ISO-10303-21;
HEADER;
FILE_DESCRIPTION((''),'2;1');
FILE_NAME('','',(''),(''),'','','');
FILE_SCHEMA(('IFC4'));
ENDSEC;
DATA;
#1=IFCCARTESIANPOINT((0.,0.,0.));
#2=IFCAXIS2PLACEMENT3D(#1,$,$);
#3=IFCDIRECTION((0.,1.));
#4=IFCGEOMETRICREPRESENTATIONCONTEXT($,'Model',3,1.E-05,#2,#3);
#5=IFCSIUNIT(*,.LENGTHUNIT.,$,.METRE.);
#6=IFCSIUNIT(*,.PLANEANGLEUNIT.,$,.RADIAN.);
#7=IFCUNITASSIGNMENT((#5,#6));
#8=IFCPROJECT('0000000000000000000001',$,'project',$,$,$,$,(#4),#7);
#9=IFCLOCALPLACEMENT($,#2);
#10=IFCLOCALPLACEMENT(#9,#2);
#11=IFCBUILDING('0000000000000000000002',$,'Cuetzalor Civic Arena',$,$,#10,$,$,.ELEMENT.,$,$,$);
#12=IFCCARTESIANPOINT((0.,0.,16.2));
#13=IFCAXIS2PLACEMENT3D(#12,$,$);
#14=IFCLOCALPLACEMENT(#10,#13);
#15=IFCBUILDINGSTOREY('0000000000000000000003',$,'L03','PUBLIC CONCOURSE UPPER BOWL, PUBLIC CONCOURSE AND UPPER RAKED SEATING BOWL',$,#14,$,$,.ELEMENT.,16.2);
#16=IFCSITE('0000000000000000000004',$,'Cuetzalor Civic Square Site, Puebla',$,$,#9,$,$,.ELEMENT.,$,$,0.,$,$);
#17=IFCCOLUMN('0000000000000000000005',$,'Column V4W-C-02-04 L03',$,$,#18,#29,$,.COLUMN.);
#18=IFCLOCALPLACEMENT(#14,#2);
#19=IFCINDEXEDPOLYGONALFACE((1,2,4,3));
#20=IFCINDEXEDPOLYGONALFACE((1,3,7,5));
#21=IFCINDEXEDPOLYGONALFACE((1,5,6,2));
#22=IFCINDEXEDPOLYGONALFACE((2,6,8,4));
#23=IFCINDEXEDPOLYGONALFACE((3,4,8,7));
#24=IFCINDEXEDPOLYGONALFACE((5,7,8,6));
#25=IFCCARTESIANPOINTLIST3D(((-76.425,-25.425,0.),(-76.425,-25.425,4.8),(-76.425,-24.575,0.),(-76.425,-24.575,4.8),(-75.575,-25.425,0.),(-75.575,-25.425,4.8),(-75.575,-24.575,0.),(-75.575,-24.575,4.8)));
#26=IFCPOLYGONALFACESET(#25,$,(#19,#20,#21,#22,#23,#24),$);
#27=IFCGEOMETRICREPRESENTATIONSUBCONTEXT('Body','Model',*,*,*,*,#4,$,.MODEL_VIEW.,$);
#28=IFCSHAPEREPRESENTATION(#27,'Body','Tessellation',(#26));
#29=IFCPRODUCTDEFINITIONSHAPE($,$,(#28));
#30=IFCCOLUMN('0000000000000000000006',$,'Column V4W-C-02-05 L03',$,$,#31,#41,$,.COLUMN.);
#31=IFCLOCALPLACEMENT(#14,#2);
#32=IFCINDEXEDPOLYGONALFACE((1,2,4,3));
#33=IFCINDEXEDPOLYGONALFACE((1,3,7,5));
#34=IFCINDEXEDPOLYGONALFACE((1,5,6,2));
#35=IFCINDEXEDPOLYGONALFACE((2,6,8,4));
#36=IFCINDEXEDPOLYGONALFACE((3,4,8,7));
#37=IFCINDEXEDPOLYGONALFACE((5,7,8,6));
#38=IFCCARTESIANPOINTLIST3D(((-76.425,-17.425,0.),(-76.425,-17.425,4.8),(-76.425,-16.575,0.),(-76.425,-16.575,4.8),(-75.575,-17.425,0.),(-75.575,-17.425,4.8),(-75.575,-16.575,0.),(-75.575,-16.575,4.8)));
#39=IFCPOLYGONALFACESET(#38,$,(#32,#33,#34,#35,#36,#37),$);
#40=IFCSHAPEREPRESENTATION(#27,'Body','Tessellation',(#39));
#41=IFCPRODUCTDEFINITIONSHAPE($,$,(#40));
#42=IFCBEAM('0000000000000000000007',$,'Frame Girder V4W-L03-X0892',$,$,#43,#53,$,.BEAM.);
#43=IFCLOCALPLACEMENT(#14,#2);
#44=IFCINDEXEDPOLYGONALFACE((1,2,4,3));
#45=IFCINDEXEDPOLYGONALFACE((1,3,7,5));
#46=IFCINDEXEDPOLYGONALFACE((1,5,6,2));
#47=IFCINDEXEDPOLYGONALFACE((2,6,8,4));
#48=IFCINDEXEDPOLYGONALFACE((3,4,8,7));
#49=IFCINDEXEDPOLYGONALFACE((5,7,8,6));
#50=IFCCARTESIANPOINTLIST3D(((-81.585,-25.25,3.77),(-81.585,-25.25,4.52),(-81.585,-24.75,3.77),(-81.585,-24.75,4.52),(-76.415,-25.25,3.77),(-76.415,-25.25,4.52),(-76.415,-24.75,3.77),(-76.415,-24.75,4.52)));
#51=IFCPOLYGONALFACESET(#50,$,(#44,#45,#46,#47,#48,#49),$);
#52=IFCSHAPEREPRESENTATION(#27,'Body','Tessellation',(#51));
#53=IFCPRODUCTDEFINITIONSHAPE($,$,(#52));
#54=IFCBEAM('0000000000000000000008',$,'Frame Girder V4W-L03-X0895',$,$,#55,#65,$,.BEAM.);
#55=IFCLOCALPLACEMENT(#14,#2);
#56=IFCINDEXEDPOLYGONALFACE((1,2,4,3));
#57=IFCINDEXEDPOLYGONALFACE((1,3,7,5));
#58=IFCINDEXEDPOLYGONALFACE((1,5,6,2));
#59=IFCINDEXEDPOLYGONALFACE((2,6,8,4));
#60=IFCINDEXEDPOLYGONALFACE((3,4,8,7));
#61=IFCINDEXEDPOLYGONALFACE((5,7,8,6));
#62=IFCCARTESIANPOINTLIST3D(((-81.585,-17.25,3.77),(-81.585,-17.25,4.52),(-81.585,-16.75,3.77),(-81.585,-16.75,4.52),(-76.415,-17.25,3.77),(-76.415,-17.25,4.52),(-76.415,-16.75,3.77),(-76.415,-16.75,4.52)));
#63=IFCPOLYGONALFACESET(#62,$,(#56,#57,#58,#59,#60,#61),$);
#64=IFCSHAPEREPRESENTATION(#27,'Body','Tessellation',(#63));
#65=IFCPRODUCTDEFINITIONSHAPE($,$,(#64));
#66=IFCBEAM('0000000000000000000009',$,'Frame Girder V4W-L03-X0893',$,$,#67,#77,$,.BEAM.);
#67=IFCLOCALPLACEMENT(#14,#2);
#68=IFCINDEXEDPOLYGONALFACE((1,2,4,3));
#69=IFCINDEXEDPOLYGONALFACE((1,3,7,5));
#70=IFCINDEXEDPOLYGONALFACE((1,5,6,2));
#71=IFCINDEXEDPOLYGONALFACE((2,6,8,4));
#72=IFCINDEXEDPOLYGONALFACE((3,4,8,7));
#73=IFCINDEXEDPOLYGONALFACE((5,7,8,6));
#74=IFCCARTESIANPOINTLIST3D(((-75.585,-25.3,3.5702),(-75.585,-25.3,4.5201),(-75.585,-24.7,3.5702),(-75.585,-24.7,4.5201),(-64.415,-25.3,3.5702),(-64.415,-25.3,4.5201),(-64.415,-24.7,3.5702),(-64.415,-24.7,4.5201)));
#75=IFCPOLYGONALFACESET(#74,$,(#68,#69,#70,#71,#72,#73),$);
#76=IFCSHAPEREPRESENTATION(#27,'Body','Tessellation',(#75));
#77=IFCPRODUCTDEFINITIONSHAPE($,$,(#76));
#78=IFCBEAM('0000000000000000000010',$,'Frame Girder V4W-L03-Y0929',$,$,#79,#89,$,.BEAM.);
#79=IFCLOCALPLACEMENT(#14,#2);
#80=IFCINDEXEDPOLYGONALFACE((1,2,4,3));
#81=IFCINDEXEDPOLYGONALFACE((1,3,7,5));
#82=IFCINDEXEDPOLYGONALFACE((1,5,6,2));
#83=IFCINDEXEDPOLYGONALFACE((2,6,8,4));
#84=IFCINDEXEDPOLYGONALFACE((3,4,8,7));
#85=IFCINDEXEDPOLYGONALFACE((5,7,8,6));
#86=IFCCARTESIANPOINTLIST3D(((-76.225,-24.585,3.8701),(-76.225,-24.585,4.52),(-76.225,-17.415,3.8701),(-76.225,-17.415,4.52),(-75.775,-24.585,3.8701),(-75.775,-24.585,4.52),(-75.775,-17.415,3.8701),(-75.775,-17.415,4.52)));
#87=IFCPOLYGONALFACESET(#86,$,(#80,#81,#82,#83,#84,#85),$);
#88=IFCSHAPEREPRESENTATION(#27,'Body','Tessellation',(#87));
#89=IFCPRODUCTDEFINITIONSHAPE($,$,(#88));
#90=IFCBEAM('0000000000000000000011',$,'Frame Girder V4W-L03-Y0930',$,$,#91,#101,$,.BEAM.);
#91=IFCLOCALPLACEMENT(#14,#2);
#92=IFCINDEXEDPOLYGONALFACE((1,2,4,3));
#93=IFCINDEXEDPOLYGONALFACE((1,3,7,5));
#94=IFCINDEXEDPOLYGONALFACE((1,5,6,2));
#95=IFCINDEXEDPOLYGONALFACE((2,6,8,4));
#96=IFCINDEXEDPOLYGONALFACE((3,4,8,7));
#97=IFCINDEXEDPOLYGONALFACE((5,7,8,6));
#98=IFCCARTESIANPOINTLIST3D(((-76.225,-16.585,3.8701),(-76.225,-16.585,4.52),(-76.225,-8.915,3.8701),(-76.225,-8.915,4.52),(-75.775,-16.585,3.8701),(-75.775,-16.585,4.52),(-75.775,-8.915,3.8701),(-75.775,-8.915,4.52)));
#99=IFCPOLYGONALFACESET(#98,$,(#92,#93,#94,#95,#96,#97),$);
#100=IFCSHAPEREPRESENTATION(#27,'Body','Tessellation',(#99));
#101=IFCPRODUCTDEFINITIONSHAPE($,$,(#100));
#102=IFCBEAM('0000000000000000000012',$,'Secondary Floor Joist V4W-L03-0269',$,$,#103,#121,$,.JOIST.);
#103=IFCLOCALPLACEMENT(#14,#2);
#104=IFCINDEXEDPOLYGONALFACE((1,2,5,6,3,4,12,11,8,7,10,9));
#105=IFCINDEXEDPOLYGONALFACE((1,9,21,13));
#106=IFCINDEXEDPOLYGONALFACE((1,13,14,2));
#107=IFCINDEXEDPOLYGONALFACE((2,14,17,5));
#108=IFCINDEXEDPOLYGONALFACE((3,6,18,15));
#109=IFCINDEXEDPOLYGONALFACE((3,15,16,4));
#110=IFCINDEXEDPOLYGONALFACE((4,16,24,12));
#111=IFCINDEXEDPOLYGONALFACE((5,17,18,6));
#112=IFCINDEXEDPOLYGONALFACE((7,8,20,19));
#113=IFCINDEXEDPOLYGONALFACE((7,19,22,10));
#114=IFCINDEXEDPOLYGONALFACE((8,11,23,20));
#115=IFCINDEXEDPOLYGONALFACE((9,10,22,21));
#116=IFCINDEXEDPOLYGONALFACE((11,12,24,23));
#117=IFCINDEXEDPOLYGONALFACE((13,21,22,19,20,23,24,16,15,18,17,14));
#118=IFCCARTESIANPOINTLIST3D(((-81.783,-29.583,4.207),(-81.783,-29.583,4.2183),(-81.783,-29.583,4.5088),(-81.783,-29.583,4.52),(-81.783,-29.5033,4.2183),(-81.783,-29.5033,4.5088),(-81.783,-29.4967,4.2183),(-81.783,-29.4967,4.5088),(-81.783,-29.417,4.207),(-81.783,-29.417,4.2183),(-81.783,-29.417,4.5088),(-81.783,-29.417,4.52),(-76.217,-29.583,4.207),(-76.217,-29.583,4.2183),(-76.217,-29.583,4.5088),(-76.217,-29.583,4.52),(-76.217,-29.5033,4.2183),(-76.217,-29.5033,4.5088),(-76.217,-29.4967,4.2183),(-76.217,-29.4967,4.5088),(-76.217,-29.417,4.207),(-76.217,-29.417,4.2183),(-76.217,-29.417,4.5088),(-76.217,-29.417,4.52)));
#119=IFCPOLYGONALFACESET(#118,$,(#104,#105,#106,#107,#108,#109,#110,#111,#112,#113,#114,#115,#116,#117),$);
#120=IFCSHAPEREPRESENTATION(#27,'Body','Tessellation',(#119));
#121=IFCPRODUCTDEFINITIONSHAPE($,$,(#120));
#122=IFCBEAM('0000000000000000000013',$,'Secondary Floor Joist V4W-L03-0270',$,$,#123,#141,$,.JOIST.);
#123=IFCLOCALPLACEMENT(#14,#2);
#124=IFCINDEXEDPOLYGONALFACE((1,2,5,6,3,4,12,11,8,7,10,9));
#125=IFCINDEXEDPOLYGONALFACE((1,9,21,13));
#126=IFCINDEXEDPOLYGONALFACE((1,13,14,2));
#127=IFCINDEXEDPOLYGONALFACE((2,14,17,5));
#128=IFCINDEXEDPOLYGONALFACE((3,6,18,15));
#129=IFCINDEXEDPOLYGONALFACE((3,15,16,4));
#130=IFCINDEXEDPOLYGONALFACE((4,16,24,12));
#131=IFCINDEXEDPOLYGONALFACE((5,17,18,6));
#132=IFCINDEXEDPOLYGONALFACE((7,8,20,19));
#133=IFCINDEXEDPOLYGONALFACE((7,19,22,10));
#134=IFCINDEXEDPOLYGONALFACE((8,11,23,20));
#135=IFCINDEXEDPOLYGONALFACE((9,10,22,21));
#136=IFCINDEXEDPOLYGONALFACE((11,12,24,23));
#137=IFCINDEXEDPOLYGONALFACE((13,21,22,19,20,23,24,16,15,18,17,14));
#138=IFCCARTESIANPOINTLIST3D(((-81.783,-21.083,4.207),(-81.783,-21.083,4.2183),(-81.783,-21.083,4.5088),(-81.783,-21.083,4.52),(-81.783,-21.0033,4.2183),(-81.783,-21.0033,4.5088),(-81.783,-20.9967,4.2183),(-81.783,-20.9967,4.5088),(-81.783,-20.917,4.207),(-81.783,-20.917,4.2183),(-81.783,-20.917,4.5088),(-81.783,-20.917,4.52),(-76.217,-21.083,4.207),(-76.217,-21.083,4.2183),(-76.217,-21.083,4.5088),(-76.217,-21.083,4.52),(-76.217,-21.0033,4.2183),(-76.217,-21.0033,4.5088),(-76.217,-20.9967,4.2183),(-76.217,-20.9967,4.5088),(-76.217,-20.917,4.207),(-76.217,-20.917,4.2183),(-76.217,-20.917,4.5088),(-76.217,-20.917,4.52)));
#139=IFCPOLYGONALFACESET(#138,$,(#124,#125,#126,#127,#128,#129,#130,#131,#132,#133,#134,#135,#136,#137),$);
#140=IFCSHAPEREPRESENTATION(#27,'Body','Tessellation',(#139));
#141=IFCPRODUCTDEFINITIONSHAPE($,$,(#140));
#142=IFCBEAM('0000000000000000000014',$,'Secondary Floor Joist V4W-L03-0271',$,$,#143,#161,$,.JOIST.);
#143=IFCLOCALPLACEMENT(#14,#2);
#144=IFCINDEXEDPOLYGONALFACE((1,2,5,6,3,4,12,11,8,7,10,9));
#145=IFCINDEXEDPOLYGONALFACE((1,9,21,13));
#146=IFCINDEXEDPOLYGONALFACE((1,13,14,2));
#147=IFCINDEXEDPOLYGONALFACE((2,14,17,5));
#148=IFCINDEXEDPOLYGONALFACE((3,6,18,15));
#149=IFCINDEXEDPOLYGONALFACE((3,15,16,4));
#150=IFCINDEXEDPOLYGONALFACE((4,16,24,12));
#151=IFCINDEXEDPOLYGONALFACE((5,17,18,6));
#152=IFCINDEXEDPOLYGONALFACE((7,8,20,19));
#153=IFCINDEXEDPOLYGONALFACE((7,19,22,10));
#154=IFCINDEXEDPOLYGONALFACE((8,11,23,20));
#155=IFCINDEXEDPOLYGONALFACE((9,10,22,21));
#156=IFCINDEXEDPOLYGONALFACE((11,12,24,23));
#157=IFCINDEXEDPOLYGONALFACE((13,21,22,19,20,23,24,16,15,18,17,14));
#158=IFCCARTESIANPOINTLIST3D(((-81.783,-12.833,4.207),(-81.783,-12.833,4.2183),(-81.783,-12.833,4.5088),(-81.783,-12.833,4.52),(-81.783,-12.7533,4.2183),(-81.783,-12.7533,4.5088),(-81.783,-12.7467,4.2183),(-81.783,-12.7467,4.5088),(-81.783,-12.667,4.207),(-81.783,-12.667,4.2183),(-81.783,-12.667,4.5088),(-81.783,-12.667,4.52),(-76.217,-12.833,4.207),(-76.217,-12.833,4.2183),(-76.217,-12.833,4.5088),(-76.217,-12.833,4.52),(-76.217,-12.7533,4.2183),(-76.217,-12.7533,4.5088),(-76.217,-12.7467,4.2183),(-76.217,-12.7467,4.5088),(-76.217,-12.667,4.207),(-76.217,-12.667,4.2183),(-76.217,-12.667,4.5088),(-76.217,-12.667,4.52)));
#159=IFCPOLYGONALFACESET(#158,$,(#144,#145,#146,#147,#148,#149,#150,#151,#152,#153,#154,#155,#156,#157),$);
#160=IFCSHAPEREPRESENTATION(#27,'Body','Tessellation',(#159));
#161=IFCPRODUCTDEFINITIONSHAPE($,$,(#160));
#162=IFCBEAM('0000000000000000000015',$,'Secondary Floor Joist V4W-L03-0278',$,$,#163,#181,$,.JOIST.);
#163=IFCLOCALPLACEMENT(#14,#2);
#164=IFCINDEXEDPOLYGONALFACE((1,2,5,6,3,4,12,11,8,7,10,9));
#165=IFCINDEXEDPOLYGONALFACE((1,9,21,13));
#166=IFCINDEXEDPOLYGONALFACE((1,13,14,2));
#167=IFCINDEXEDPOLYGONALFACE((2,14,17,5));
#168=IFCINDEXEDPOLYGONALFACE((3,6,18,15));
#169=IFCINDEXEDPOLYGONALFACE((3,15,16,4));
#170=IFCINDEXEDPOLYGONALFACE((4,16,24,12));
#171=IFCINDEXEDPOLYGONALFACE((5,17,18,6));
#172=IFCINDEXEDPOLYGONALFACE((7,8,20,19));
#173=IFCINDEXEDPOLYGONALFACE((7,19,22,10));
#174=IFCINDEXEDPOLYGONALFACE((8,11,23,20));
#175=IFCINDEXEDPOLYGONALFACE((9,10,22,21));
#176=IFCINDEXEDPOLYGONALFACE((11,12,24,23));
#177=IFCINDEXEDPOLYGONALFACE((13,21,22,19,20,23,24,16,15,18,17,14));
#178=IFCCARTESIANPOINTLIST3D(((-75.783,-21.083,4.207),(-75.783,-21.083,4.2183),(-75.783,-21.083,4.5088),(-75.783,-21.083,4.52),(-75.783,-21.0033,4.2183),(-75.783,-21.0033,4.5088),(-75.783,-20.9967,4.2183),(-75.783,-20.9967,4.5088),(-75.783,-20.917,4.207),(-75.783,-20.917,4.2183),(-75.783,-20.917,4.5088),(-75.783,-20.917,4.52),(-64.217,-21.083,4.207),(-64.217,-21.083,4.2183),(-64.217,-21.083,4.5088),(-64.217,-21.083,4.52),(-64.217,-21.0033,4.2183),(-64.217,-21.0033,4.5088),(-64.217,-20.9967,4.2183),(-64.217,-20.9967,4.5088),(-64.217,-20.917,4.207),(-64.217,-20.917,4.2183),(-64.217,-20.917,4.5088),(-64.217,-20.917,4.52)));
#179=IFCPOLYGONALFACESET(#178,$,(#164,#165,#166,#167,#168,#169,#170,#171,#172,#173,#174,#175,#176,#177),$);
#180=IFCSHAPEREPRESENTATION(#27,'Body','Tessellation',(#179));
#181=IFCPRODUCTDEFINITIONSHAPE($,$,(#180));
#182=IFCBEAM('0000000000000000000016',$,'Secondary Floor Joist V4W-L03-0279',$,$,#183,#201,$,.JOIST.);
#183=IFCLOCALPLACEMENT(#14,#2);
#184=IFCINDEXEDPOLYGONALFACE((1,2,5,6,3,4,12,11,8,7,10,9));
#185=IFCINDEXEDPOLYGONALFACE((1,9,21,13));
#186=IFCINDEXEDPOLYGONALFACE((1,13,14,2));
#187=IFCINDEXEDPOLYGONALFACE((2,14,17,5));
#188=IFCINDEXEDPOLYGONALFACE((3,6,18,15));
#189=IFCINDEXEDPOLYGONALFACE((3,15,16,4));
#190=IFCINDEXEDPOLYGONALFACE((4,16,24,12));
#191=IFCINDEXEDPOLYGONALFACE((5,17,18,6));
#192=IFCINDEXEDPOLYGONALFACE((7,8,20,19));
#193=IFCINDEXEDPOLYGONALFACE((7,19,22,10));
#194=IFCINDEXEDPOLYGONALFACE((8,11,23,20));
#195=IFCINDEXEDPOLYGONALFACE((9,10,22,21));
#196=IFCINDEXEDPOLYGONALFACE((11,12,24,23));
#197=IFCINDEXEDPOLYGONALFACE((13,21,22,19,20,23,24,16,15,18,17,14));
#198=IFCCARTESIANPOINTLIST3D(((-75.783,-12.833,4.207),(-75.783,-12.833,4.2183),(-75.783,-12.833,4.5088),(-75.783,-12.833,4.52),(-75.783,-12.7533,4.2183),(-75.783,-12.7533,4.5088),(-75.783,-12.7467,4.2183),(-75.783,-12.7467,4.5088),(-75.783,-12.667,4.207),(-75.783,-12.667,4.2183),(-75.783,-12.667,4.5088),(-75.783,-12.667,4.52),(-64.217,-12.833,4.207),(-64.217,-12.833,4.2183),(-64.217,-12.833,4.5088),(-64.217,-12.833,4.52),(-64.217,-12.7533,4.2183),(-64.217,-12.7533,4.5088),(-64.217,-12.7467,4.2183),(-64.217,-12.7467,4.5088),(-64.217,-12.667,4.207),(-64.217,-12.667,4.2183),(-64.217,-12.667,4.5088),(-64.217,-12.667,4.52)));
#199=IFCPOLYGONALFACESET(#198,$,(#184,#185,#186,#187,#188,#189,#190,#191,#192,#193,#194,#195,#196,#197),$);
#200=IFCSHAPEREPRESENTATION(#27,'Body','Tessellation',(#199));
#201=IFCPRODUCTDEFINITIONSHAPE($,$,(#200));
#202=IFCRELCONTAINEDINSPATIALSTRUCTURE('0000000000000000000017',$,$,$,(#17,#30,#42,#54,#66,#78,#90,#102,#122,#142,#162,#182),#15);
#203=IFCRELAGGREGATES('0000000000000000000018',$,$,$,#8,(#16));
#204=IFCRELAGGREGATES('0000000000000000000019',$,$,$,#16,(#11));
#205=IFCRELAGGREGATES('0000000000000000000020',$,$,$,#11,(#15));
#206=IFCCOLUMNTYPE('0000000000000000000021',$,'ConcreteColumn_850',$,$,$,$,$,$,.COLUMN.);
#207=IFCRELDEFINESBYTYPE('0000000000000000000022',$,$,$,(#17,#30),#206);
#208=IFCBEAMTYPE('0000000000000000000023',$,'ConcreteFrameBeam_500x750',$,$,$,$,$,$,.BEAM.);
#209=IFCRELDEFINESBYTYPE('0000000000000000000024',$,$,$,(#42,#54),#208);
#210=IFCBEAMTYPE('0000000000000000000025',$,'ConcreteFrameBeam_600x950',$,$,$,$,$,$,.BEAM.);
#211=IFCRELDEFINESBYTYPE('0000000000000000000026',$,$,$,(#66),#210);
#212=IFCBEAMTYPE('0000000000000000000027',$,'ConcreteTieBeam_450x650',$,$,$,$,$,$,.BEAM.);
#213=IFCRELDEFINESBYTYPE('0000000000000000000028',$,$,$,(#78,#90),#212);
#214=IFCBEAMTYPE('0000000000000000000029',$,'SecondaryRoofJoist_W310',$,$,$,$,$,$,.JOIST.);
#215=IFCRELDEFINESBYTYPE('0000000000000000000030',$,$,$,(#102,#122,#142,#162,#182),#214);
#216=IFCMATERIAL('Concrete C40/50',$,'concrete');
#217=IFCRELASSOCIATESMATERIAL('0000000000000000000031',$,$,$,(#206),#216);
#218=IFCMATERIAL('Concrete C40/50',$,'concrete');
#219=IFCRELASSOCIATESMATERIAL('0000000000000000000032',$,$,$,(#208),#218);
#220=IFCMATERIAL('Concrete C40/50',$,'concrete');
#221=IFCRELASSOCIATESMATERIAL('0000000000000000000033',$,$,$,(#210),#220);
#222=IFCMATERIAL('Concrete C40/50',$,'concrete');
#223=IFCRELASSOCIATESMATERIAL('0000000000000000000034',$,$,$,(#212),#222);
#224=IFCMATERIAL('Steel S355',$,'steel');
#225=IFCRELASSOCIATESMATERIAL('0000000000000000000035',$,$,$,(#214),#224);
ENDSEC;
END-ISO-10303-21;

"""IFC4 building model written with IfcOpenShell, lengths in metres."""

from ifc_helpers import new_model, si_unit, direction, frame, origin, origin_2d, place, context, subcontext, project, spatial, rectangle, i_section, extrude, material, material_profile, profile_set, type_object, element, save


model = new_model("IFC4")

# Units and contexts
model_context = context("Model", 3, precision=1e-05, world=origin(), true_north=direction((0.0, 1.0)))
body_context = subcontext(model_context, "Body", "Model", "MODEL_VIEW")
ifc_project = project(units=[si_unit("LENGTHUNIT", "METRE"), si_unit("PLANEANGLEUNIT", "RADIAN")], contexts=[model_context])

# Site, building, storey
site_placement = place(None, origin())
site = spatial("IfcSite", under=ifc_project, at=site_placement, Name="Cuetzalor Civic Square Site, Puebla", CompositionType="ELEMENT", RefElevation=0.0)
building_placement = place(site_placement, origin())
building = spatial("IfcBuilding", under=site, at=building_placement, Name="Cuetzalor Civic Arena", CompositionType="ELEMENT")
storey_placement = place(building_placement, frame((0.0, 0.0, 16.2)))
storey = spatial("IfcBuildingStorey", under=building, at=storey_placement, Name="L03", Description="PUBLIC CONCOURSE UPPER BOWL, PUBLIC CONCOURSE AND UPPER RAKED SEATING BOWL", CompositionType="ELEMENT", Elevation=16.2)

# Columns
ifc_material_1 = material(Name="Concrete C40/50", Category="concrete")
ifc_material_profile_1 = material_profile(ifc_material_1, rectangle(XDim=0.8501, YDim=0.8501, at=origin_2d()), Name="RC 850x850")
ifc_profile_set_1 = profile_set([ifc_material_profile_1], Name="Concrete C40/50")
column_type = type_object("IfcColumnType", Name="ConcreteColumn_850", PredefinedType="COLUMN", material=ifc_profile_set_1)
for number, where, z_axis, x_axis, name in (
    (1, (-76.0, -25.0, 0.0), (0.0, 0.0, 1.0), (1.0, 0.0, 0.0), "Column V4W-C-02-04 L03"),
    (2, (-76.0, -17.0, 0.0), (0.0, 0.0, 1.0), (1.0, 0.0, 0.0), "Column V4W-C-02-05 L03"),
):
    element("IfcColumn", number, at=place(storey_placement, frame(where, z_axis=z_axis, x_axis=x_axis)), inside=storey, type_object=column_type, Name=name, PredefinedType="COLUMN", context=body_context, shape_type="SweptSolid", body=[
        extrude(rectangle(XDim=0.8501, YDim=0.8501, at=origin_2d()), origin(), (0.0, 0.0, 1.0), 4.8),
    ])

# Beams
ifc_material_2 = material(Name="Concrete C40/50", Category="concrete")
ifc_material_profile_2 = material_profile(ifc_material_2, rectangle(XDim=0.5, YDim=0.75, at=origin_2d()), Name="RC 500x750")
ifc_profile_set_2 = profile_set([ifc_material_profile_2], Name="Concrete C40/50")
beam_type_1 = type_object("IfcBeamType", Name="ConcreteFrameBeam_500x750", PredefinedType="BEAM", material=ifc_profile_set_2)
for number, where, z_axis, x_axis, name in (
    (3, (-81.585, -25.0, 4.145), (1.0, 0.0, 0.0), (0.0, 1.0, 0.0), "Frame Girder V4W-L03-X0892"),
    (4, (-81.585, -17.0, 4.145), (1.0, 0.0, 0.0), (0.0, 1.0, 0.0), "Frame Girder V4W-L03-X0895"),
):
    element("IfcBeam", number, at=place(storey_placement, frame(where, z_axis=z_axis, x_axis=x_axis)), inside=storey, type_object=beam_type_1, Name=name, PredefinedType="BEAM", context=body_context, shape_type="SweptSolid", body=[
        extrude(rectangle(XDim=0.5, YDim=0.75, at=origin_2d()), origin(), (0.0, 0.0, 1.0), 5.1699),
    ])
ifc_material_3 = material(Name="Concrete C40/50", Category="concrete")
ifc_material_profile_3 = material_profile(ifc_material_3, rectangle(XDim=0.6001, YDim=0.95, at=origin_2d()), Name="RC 600x950")
ifc_profile_set_3 = profile_set([ifc_material_profile_3], Name="Concrete C40/50")
beam_type_2 = type_object("IfcBeamType", Name="ConcreteFrameBeam_600x950", PredefinedType="BEAM", material=ifc_profile_set_3)
beam_1_placement = place(storey_placement, frame((-75.585, -25.0, 4.0452), z_axis=(1.0, 0.0, 0.0), x_axis=(0.0, 1.0, 0.0)))
element("IfcBeam", 5, at=beam_1_placement, inside=storey, type_object=beam_type_2, Name="Frame Girder V4W-L03-X0893", PredefinedType="BEAM", context=body_context, shape_type="SweptSolid", body=[
    extrude(rectangle(XDim=0.6001, YDim=0.95, at=origin_2d()), origin(), (0.0, 0.0, 1.0), 11.1699),
])
ifc_material_4 = material(Name="Concrete C40/50", Category="concrete")
ifc_material_profile_4 = material_profile(ifc_material_4, rectangle(XDim=0.45, YDim=0.6499, at=origin_2d()), Name="RC 450x650")
ifc_profile_set_4 = profile_set([ifc_material_profile_4], Name="Concrete C40/50")
beam_type_3 = type_object("IfcBeamType", Name="ConcreteTieBeam_450x650", PredefinedType="BEAM", material=ifc_profile_set_4)
beam_2_placement = place(storey_placement, frame((-76.0, -24.585, 4.1951), z_axis=(0.0, 1.0, 0.0), x_axis=(-1.0, 0.0, 0.0)))
element("IfcBeam", 6, at=beam_2_placement, inside=storey, type_object=beam_type_3, Name="Frame Girder V4W-L03-Y0929", PredefinedType="BEAM", context=body_context, shape_type="SweptSolid", body=[
    extrude(rectangle(XDim=0.45, YDim=0.6499, at=origin_2d()), origin(), (0.0, 0.0, 1.0), 7.1699),
])
beam_3_placement = place(storey_placement, frame((-76.0, -16.585, 4.1951), z_axis=(0.0, 1.0, 0.0), x_axis=(-1.0, 0.0, 0.0)))
element("IfcBeam", 7, at=beam_3_placement, inside=storey, type_object=beam_type_3, Name="Frame Girder V4W-L03-Y0930", PredefinedType="BEAM", context=body_context, shape_type="SweptSolid", body=[
    extrude(rectangle(XDim=0.45, YDim=0.6499, at=origin_2d()), origin(), (0.0, 0.0, 1.0), 7.6699),
])
ifc_material_5 = material(Name="Steel S355", Category="steel")
ifc_material_profile_5 = material_profile(ifc_material_5, i_section(OverallWidth=0.166, OverallDepth=0.313, WebThickness=0.0066, FlangeThickness=0.0112, at=origin_2d()), Name="W310x45")
ifc_profile_set_5 = profile_set([ifc_material_profile_5], Name="Steel S355")
beam_type_4 = type_object("IfcBeamType", Name="SecondaryRoofJoist_W310", PredefinedType="JOIST", material=ifc_profile_set_5)
for number, where, z_axis, x_axis, name in (
    (8, (-81.783, -29.5, 4.3635), (1.0, 0.0, 0.0), (0.0, 1.0, 0.0), "Secondary Floor Joist V4W-L03-0269"),
    (9, (-81.783, -21.0, 4.3635), (1.0, 0.0, 0.0), (0.0, 1.0, 0.0), "Secondary Floor Joist V4W-L03-0270"),
    (10, (-81.783, -12.75, 4.3635), (1.0, 0.0, 0.0), (0.0, 1.0, 0.0), "Secondary Floor Joist V4W-L03-0271"),
):
    element("IfcBeam", number, at=place(storey_placement, frame(where, z_axis=z_axis, x_axis=x_axis)), inside=storey, type_object=beam_type_4, Name=name, PredefinedType="JOIST", context=body_context, shape_type="SweptSolid", body=[
        extrude(i_section(OverallWidth=0.166, OverallDepth=0.313, WebThickness=0.0066, FlangeThickness=0.0112, at=origin_2d()), origin(), (0.0, 0.0, 1.0), 5.5659),
    ])
for number, where, z_axis, x_axis, name in (
    (11, (-75.783, -21.0, 4.3635), (1.0, 0.0, 0.0), (0.0, 1.0, 0.0), "Secondary Floor Joist V4W-L03-0278"),
    (12, (-75.783, -12.75, 4.3635), (1.0, 0.0, 0.0), (0.0, 1.0, 0.0), "Secondary Floor Joist V4W-L03-0279"),
):
    element("IfcBeam", number, at=place(storey_placement, frame(where, z_axis=z_axis, x_axis=x_axis)), inside=storey, type_object=beam_type_4, Name=name, PredefinedType="JOIST", context=body_context, shape_type="SweptSolid", body=[
        extrude(i_section(OverallWidth=0.166, OverallDepth=0.313, WebThickness=0.0066, FlangeThickness=0.0112, at=origin_2d()), origin(), (0.0, 0.0, 1.0), 11.5659),
    ])

save(model, "model.ifc")
